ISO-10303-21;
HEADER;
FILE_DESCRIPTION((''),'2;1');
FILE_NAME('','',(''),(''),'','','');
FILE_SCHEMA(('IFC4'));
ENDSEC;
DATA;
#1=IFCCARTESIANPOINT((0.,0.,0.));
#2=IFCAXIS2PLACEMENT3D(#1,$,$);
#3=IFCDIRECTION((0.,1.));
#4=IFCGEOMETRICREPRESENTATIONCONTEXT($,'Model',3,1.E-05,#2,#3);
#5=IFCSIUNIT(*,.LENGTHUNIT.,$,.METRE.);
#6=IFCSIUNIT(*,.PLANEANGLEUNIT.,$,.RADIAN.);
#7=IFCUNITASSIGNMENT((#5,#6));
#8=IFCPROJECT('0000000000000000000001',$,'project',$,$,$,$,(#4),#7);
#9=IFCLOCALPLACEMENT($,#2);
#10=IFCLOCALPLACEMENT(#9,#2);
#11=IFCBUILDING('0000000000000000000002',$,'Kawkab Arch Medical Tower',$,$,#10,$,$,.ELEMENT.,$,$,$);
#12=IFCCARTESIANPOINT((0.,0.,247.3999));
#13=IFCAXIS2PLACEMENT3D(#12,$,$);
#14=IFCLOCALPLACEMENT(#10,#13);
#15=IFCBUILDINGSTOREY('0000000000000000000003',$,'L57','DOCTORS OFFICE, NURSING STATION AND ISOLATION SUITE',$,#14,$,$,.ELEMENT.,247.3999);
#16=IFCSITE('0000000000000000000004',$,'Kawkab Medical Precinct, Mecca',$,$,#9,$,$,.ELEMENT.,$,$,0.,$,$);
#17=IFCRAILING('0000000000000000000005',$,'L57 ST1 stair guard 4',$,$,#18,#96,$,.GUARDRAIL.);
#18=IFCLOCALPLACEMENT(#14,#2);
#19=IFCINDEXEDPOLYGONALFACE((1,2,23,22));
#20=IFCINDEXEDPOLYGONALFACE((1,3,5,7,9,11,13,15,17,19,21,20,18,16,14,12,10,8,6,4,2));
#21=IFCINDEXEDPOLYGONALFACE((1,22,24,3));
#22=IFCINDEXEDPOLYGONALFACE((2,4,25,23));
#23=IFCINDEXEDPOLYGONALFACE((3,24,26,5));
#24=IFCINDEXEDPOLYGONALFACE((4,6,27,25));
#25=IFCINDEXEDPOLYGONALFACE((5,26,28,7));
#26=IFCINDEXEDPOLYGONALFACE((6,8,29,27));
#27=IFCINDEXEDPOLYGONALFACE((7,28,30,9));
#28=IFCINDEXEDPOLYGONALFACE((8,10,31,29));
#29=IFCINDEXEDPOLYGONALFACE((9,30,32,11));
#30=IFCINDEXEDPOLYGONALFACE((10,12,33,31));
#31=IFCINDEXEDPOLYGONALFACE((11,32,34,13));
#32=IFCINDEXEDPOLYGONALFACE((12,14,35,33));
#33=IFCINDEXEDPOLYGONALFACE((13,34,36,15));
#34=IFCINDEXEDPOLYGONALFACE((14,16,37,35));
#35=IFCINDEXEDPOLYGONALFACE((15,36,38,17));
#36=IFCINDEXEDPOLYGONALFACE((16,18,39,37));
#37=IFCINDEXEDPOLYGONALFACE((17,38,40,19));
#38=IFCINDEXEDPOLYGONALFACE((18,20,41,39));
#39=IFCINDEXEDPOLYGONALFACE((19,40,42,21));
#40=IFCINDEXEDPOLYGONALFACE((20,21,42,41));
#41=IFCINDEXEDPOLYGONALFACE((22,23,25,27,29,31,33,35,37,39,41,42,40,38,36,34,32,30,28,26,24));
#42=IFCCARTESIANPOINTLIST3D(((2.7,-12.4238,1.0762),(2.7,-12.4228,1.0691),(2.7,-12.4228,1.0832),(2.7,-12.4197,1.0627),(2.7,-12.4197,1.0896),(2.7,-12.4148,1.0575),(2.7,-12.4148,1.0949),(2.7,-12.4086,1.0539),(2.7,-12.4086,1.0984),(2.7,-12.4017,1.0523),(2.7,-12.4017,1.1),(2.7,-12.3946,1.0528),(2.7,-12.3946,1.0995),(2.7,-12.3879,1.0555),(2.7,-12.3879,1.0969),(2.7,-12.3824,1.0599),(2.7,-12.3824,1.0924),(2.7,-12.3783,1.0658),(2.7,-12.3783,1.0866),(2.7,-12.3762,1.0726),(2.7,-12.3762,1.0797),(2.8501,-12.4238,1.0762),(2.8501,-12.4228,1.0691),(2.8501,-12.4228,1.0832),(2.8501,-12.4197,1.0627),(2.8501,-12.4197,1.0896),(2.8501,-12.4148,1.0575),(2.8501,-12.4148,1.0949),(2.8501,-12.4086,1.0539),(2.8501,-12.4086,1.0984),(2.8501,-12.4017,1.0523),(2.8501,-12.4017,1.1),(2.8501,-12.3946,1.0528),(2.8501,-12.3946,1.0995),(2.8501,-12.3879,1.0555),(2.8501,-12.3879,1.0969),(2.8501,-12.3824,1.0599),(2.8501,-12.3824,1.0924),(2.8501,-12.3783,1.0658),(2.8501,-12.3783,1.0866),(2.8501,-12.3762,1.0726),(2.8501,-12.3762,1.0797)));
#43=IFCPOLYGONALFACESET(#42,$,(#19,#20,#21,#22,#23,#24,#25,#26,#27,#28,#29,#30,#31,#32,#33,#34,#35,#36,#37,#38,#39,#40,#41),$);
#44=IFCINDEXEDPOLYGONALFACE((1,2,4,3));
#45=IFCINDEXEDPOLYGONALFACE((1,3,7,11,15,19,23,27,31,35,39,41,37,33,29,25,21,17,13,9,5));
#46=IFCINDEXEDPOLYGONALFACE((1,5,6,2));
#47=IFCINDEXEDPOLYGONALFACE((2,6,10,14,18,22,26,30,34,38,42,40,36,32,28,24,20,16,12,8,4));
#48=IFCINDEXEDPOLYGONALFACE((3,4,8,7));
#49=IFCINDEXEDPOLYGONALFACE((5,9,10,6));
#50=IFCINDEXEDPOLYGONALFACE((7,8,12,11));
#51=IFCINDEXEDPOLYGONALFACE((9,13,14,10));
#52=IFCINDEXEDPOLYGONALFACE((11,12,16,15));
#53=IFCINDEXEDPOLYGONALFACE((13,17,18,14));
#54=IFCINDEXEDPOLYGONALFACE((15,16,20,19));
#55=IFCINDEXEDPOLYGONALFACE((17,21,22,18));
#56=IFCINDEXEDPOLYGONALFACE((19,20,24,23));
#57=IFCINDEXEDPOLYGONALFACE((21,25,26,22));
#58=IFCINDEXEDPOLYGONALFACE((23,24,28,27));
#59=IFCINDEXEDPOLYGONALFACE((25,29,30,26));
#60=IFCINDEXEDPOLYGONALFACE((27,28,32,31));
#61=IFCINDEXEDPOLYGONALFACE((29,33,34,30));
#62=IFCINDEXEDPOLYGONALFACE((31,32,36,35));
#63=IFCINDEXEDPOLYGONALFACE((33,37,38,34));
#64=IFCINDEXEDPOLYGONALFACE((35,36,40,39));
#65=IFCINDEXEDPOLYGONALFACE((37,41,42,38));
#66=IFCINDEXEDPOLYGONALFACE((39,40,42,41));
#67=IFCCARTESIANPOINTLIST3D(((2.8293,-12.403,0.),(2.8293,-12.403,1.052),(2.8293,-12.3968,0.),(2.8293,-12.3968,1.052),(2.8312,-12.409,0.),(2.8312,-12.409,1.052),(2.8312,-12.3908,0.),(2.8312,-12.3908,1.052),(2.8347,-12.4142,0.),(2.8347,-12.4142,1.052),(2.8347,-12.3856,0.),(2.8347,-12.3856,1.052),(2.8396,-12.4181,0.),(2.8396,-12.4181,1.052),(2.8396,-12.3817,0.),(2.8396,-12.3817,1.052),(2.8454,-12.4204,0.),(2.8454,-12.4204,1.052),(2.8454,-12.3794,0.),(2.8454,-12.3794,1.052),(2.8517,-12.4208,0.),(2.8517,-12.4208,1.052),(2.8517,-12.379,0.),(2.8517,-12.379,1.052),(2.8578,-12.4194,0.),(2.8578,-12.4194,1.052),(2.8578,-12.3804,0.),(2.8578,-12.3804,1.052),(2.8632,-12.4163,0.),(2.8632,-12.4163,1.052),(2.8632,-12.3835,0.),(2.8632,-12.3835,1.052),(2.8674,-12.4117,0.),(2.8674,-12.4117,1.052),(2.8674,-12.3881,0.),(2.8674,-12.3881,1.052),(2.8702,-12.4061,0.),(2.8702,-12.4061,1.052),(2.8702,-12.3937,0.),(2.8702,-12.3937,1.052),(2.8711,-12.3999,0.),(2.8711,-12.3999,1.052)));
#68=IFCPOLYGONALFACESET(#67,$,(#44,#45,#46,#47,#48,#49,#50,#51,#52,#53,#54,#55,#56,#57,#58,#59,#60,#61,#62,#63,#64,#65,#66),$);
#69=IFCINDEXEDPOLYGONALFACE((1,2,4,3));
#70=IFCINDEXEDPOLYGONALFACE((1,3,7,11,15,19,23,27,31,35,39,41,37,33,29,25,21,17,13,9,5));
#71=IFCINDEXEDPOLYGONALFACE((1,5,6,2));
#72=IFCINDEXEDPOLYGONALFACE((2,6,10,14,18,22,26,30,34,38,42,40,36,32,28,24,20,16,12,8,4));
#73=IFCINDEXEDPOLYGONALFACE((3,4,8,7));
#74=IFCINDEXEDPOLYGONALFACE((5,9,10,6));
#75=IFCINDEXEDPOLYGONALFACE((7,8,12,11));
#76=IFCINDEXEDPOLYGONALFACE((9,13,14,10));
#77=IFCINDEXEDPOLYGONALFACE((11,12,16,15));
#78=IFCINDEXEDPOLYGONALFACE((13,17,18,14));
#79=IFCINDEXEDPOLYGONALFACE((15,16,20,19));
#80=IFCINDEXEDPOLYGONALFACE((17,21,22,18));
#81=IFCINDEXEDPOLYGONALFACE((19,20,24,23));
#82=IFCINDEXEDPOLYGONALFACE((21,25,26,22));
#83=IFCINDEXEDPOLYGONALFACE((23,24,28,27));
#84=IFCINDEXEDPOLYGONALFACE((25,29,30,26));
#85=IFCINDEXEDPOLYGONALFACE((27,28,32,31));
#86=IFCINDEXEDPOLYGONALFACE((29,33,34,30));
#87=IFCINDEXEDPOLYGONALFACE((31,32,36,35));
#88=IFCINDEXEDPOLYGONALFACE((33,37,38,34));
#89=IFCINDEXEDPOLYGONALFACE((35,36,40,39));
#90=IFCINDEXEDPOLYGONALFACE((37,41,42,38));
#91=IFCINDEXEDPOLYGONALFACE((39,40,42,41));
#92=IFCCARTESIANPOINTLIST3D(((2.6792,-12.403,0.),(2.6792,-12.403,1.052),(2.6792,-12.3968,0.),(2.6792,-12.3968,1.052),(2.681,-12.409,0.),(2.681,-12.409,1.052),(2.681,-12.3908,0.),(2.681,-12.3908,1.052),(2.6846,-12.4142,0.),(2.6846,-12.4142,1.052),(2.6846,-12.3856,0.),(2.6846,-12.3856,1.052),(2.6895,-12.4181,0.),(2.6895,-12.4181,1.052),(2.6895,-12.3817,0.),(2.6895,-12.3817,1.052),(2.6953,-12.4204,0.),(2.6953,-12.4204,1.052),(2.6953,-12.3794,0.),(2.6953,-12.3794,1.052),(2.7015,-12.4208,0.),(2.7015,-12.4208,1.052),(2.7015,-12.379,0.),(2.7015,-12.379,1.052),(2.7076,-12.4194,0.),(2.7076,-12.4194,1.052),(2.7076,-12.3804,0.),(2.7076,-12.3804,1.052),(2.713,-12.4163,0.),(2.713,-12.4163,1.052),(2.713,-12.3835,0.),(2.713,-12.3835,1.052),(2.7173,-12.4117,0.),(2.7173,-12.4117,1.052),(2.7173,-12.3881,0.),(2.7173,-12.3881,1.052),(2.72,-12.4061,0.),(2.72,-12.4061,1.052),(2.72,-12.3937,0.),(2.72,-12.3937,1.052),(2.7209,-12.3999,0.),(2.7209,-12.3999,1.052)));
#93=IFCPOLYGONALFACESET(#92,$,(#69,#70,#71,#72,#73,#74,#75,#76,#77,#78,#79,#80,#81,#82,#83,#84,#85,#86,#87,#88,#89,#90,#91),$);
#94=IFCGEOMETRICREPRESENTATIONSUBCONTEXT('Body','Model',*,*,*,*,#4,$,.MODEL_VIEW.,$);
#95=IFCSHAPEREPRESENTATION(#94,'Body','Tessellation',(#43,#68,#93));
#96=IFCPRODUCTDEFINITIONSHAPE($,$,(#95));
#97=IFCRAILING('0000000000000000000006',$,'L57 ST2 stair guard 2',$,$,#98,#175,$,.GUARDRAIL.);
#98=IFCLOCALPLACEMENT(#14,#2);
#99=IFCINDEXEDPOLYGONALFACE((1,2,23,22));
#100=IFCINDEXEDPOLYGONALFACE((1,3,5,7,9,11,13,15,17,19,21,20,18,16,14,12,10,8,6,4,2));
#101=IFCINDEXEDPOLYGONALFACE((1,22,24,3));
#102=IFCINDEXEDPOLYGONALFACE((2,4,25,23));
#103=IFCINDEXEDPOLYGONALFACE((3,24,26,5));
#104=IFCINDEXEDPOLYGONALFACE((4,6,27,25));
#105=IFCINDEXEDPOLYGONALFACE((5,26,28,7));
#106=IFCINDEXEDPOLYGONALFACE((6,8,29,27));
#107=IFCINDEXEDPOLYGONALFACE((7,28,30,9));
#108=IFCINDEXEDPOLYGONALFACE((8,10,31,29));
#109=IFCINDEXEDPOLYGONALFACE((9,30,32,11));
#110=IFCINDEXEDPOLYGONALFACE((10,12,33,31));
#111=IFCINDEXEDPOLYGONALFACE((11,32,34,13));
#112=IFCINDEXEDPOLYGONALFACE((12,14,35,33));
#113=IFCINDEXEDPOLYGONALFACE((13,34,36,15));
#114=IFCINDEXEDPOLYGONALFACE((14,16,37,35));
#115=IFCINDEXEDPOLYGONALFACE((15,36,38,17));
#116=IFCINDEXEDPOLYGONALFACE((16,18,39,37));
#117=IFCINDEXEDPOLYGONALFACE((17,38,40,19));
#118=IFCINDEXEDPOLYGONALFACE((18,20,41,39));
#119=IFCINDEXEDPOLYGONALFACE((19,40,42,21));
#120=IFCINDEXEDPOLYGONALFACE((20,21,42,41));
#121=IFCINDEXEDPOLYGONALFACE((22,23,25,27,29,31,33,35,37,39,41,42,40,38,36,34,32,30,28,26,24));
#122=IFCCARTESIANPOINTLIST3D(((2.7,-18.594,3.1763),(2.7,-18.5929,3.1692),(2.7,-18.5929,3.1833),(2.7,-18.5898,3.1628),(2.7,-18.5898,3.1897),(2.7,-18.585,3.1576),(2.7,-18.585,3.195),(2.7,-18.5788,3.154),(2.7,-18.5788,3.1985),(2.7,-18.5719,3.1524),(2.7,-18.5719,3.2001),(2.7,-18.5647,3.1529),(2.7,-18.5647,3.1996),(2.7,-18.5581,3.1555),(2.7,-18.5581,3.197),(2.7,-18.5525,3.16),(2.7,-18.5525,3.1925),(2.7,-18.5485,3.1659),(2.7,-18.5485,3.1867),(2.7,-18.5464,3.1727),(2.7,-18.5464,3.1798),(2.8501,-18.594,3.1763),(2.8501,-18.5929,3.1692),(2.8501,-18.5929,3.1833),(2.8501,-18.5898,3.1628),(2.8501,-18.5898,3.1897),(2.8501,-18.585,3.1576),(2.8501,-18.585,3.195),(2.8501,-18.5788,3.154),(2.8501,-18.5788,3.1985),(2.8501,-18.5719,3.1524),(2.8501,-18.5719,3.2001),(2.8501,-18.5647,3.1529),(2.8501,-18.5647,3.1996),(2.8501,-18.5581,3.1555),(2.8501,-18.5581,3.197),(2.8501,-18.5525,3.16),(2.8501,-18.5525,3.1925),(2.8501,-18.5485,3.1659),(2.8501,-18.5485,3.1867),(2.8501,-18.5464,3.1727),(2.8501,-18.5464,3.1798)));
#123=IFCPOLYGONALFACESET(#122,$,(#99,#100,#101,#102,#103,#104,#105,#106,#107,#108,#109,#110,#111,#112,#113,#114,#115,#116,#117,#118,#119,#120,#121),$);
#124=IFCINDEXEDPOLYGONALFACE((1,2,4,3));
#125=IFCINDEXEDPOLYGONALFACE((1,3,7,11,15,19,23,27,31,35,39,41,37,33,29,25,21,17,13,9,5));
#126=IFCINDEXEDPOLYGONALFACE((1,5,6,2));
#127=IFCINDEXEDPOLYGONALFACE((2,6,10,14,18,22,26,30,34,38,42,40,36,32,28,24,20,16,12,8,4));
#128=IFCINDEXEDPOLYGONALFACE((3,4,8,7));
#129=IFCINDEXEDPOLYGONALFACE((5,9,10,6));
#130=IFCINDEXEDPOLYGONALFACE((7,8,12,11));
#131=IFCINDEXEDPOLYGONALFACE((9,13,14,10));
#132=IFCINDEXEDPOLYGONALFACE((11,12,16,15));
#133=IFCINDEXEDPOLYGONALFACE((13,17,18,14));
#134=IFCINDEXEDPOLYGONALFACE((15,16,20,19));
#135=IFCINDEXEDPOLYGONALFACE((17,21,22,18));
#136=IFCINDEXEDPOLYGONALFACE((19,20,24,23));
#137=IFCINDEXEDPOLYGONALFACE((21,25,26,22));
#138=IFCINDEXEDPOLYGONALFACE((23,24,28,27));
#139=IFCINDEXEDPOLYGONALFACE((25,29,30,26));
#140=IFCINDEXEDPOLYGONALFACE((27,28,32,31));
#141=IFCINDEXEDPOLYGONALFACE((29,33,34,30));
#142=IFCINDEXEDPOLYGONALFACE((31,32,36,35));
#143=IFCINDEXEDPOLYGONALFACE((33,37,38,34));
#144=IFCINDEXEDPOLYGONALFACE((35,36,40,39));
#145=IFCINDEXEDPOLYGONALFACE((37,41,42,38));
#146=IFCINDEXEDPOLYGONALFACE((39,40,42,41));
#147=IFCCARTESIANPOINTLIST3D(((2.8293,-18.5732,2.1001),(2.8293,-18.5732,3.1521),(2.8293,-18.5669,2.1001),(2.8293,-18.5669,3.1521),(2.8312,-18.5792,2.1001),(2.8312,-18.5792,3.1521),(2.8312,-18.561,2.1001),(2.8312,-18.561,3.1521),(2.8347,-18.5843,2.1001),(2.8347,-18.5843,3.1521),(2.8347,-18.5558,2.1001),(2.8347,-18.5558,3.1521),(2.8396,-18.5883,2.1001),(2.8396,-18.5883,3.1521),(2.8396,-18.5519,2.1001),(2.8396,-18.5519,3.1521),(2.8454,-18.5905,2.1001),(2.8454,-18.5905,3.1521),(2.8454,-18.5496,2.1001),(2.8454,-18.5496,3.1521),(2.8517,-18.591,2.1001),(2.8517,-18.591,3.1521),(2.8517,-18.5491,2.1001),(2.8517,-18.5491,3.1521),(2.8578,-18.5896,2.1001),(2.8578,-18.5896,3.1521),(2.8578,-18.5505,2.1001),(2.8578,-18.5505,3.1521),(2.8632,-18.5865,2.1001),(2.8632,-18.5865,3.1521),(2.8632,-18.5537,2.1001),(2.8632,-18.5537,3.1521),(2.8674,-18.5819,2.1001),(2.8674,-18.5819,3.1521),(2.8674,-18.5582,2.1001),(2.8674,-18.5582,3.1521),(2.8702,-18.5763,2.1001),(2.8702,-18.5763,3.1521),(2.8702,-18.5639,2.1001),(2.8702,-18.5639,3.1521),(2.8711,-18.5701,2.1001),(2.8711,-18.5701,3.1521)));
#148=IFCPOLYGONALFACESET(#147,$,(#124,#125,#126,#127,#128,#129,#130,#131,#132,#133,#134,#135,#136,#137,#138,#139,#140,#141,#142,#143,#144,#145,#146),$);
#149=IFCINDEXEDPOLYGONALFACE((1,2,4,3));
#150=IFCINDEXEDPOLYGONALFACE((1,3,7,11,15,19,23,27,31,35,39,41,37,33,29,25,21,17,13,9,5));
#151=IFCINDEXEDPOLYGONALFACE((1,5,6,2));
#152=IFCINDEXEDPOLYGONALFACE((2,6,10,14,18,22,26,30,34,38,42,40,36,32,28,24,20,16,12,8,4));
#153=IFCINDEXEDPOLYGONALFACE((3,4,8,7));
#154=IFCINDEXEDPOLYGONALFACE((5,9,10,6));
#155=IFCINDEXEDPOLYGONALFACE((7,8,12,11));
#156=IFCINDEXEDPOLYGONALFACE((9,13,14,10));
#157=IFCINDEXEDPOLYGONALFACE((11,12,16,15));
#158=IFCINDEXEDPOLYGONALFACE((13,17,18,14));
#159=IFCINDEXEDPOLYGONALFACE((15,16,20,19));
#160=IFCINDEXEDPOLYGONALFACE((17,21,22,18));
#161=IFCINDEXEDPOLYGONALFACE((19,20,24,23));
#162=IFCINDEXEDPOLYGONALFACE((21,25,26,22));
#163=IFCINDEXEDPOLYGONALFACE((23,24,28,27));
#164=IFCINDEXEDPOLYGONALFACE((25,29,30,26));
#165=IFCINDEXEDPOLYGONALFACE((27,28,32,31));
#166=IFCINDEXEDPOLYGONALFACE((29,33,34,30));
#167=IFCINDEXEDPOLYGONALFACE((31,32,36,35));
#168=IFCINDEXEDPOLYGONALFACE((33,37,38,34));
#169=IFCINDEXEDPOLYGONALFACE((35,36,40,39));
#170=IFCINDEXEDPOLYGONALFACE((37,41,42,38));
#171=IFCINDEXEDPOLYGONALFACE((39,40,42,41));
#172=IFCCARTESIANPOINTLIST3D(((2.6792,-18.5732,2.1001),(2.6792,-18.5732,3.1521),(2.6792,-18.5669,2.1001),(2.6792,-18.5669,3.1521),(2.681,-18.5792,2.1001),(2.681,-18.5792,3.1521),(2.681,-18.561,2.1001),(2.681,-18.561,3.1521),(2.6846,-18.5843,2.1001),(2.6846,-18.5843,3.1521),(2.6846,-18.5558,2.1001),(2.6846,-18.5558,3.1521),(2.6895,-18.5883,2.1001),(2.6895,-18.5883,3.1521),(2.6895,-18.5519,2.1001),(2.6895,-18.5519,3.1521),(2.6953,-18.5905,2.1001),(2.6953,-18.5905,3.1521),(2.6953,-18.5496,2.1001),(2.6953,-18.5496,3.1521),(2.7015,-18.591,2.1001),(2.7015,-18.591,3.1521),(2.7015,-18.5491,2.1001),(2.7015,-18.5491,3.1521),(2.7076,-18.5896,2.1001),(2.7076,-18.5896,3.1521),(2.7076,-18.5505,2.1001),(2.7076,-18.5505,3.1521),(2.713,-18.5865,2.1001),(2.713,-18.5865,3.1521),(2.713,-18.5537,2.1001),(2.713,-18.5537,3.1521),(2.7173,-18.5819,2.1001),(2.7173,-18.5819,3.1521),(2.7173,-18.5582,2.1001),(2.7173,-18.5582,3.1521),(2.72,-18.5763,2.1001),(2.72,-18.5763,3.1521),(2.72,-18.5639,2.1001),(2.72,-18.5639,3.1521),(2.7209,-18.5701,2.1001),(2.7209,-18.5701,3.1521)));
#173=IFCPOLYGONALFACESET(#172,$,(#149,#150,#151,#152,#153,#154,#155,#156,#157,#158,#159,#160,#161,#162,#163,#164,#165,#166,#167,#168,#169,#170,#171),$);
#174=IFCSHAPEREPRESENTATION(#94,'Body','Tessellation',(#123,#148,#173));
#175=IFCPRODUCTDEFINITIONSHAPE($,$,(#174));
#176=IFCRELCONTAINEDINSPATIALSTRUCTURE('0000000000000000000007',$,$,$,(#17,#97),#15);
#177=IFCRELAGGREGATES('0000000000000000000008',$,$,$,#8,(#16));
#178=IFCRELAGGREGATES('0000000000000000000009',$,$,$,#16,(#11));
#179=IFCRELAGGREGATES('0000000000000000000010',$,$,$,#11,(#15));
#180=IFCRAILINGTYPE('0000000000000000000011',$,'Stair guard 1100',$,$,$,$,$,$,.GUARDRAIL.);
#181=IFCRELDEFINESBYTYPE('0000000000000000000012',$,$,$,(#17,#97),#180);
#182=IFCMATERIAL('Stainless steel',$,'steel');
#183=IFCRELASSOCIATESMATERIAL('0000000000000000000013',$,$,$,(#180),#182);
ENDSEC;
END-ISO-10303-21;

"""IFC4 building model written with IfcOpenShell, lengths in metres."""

from ifc_helpers import new_model, si_unit, direction, frame, origin, origin_2d, place, context, subcontext, project, spatial, circle, extrude, material, type_object, element, save


model = new_model("IFC4")

# Units and contexts
model_context = context("Model", 3, precision=1e-05, world=origin(), true_north=direction((0.0, 1.0)))
body_context = subcontext(model_context, "Body", "Model", "MODEL_VIEW")
ifc_project = project(units=[si_unit("LENGTHUNIT", "METRE"), si_unit("PLANEANGLEUNIT", "RADIAN")], contexts=[model_context])

# Site, building, storey
site_placement = place(None, origin())
site = spatial("IfcSite", under=ifc_project, at=site_placement, Name="Kawkab Medical Precinct, Mecca", CompositionType="ELEMENT", RefElevation=0.0)
building_placement = place(site_placement, origin())
building = spatial("IfcBuilding", under=site, at=building_placement, Name="Kawkab Arch Medical Tower", CompositionType="ELEMENT")
storey_placement = place(building_placement, frame((0.0, 0.0, 247.3999)))
storey = spatial("IfcBuildingStorey", under=building, at=storey_placement, Name="L57", Description="DOCTORS OFFICE, NURSING STATION AND ISOLATION SUITE", CompositionType="ELEMENT", Elevation=247.3999)

# Railings
ifc_material_1 = material(Name="Stainless steel", Category="steel")
railing_type_1 = type_object("IfcRailingType", Name="Stair guard 1100", PredefinedType="GUARDRAIL", material=ifc_material_1)
for number, where, name in (
    (1, (2.8501, -12.3999, 0.0), "L57 ST1 stair guard 4"),
    (2, (2.8501, -18.5701, 2.1001), "L57 ST2 stair guard 2"),
):
    element("IfcRailing", number, at=place(storey_placement, frame(where)), inside=storey, type_object=railing_type_1, Name=name, PredefinedType="GUARDRAIL", context=body_context, shape_type="SweptSolid", body=[
        extrude(circle(Radius=0.0239, at=origin_2d()), frame((0.0, 0.0, 1.0762), z_axis=(-1.0, 0.0, 0.0), x_axis=(0.0, -1.0, 0.0)), (0.0, 0.0, 1.0), 0.1501),
        extrude(circle(Radius=0.021, at=origin_2d()), origin(), (0.0, 0.0, 1.0), 1.052),
        extrude(circle(Radius=0.021, at=origin_2d()), frame((-0.1501, 0.0, 0.0)), (0.0, 0.0, 1.0), 1.052),
    ])

save(model, "model.ifc")
